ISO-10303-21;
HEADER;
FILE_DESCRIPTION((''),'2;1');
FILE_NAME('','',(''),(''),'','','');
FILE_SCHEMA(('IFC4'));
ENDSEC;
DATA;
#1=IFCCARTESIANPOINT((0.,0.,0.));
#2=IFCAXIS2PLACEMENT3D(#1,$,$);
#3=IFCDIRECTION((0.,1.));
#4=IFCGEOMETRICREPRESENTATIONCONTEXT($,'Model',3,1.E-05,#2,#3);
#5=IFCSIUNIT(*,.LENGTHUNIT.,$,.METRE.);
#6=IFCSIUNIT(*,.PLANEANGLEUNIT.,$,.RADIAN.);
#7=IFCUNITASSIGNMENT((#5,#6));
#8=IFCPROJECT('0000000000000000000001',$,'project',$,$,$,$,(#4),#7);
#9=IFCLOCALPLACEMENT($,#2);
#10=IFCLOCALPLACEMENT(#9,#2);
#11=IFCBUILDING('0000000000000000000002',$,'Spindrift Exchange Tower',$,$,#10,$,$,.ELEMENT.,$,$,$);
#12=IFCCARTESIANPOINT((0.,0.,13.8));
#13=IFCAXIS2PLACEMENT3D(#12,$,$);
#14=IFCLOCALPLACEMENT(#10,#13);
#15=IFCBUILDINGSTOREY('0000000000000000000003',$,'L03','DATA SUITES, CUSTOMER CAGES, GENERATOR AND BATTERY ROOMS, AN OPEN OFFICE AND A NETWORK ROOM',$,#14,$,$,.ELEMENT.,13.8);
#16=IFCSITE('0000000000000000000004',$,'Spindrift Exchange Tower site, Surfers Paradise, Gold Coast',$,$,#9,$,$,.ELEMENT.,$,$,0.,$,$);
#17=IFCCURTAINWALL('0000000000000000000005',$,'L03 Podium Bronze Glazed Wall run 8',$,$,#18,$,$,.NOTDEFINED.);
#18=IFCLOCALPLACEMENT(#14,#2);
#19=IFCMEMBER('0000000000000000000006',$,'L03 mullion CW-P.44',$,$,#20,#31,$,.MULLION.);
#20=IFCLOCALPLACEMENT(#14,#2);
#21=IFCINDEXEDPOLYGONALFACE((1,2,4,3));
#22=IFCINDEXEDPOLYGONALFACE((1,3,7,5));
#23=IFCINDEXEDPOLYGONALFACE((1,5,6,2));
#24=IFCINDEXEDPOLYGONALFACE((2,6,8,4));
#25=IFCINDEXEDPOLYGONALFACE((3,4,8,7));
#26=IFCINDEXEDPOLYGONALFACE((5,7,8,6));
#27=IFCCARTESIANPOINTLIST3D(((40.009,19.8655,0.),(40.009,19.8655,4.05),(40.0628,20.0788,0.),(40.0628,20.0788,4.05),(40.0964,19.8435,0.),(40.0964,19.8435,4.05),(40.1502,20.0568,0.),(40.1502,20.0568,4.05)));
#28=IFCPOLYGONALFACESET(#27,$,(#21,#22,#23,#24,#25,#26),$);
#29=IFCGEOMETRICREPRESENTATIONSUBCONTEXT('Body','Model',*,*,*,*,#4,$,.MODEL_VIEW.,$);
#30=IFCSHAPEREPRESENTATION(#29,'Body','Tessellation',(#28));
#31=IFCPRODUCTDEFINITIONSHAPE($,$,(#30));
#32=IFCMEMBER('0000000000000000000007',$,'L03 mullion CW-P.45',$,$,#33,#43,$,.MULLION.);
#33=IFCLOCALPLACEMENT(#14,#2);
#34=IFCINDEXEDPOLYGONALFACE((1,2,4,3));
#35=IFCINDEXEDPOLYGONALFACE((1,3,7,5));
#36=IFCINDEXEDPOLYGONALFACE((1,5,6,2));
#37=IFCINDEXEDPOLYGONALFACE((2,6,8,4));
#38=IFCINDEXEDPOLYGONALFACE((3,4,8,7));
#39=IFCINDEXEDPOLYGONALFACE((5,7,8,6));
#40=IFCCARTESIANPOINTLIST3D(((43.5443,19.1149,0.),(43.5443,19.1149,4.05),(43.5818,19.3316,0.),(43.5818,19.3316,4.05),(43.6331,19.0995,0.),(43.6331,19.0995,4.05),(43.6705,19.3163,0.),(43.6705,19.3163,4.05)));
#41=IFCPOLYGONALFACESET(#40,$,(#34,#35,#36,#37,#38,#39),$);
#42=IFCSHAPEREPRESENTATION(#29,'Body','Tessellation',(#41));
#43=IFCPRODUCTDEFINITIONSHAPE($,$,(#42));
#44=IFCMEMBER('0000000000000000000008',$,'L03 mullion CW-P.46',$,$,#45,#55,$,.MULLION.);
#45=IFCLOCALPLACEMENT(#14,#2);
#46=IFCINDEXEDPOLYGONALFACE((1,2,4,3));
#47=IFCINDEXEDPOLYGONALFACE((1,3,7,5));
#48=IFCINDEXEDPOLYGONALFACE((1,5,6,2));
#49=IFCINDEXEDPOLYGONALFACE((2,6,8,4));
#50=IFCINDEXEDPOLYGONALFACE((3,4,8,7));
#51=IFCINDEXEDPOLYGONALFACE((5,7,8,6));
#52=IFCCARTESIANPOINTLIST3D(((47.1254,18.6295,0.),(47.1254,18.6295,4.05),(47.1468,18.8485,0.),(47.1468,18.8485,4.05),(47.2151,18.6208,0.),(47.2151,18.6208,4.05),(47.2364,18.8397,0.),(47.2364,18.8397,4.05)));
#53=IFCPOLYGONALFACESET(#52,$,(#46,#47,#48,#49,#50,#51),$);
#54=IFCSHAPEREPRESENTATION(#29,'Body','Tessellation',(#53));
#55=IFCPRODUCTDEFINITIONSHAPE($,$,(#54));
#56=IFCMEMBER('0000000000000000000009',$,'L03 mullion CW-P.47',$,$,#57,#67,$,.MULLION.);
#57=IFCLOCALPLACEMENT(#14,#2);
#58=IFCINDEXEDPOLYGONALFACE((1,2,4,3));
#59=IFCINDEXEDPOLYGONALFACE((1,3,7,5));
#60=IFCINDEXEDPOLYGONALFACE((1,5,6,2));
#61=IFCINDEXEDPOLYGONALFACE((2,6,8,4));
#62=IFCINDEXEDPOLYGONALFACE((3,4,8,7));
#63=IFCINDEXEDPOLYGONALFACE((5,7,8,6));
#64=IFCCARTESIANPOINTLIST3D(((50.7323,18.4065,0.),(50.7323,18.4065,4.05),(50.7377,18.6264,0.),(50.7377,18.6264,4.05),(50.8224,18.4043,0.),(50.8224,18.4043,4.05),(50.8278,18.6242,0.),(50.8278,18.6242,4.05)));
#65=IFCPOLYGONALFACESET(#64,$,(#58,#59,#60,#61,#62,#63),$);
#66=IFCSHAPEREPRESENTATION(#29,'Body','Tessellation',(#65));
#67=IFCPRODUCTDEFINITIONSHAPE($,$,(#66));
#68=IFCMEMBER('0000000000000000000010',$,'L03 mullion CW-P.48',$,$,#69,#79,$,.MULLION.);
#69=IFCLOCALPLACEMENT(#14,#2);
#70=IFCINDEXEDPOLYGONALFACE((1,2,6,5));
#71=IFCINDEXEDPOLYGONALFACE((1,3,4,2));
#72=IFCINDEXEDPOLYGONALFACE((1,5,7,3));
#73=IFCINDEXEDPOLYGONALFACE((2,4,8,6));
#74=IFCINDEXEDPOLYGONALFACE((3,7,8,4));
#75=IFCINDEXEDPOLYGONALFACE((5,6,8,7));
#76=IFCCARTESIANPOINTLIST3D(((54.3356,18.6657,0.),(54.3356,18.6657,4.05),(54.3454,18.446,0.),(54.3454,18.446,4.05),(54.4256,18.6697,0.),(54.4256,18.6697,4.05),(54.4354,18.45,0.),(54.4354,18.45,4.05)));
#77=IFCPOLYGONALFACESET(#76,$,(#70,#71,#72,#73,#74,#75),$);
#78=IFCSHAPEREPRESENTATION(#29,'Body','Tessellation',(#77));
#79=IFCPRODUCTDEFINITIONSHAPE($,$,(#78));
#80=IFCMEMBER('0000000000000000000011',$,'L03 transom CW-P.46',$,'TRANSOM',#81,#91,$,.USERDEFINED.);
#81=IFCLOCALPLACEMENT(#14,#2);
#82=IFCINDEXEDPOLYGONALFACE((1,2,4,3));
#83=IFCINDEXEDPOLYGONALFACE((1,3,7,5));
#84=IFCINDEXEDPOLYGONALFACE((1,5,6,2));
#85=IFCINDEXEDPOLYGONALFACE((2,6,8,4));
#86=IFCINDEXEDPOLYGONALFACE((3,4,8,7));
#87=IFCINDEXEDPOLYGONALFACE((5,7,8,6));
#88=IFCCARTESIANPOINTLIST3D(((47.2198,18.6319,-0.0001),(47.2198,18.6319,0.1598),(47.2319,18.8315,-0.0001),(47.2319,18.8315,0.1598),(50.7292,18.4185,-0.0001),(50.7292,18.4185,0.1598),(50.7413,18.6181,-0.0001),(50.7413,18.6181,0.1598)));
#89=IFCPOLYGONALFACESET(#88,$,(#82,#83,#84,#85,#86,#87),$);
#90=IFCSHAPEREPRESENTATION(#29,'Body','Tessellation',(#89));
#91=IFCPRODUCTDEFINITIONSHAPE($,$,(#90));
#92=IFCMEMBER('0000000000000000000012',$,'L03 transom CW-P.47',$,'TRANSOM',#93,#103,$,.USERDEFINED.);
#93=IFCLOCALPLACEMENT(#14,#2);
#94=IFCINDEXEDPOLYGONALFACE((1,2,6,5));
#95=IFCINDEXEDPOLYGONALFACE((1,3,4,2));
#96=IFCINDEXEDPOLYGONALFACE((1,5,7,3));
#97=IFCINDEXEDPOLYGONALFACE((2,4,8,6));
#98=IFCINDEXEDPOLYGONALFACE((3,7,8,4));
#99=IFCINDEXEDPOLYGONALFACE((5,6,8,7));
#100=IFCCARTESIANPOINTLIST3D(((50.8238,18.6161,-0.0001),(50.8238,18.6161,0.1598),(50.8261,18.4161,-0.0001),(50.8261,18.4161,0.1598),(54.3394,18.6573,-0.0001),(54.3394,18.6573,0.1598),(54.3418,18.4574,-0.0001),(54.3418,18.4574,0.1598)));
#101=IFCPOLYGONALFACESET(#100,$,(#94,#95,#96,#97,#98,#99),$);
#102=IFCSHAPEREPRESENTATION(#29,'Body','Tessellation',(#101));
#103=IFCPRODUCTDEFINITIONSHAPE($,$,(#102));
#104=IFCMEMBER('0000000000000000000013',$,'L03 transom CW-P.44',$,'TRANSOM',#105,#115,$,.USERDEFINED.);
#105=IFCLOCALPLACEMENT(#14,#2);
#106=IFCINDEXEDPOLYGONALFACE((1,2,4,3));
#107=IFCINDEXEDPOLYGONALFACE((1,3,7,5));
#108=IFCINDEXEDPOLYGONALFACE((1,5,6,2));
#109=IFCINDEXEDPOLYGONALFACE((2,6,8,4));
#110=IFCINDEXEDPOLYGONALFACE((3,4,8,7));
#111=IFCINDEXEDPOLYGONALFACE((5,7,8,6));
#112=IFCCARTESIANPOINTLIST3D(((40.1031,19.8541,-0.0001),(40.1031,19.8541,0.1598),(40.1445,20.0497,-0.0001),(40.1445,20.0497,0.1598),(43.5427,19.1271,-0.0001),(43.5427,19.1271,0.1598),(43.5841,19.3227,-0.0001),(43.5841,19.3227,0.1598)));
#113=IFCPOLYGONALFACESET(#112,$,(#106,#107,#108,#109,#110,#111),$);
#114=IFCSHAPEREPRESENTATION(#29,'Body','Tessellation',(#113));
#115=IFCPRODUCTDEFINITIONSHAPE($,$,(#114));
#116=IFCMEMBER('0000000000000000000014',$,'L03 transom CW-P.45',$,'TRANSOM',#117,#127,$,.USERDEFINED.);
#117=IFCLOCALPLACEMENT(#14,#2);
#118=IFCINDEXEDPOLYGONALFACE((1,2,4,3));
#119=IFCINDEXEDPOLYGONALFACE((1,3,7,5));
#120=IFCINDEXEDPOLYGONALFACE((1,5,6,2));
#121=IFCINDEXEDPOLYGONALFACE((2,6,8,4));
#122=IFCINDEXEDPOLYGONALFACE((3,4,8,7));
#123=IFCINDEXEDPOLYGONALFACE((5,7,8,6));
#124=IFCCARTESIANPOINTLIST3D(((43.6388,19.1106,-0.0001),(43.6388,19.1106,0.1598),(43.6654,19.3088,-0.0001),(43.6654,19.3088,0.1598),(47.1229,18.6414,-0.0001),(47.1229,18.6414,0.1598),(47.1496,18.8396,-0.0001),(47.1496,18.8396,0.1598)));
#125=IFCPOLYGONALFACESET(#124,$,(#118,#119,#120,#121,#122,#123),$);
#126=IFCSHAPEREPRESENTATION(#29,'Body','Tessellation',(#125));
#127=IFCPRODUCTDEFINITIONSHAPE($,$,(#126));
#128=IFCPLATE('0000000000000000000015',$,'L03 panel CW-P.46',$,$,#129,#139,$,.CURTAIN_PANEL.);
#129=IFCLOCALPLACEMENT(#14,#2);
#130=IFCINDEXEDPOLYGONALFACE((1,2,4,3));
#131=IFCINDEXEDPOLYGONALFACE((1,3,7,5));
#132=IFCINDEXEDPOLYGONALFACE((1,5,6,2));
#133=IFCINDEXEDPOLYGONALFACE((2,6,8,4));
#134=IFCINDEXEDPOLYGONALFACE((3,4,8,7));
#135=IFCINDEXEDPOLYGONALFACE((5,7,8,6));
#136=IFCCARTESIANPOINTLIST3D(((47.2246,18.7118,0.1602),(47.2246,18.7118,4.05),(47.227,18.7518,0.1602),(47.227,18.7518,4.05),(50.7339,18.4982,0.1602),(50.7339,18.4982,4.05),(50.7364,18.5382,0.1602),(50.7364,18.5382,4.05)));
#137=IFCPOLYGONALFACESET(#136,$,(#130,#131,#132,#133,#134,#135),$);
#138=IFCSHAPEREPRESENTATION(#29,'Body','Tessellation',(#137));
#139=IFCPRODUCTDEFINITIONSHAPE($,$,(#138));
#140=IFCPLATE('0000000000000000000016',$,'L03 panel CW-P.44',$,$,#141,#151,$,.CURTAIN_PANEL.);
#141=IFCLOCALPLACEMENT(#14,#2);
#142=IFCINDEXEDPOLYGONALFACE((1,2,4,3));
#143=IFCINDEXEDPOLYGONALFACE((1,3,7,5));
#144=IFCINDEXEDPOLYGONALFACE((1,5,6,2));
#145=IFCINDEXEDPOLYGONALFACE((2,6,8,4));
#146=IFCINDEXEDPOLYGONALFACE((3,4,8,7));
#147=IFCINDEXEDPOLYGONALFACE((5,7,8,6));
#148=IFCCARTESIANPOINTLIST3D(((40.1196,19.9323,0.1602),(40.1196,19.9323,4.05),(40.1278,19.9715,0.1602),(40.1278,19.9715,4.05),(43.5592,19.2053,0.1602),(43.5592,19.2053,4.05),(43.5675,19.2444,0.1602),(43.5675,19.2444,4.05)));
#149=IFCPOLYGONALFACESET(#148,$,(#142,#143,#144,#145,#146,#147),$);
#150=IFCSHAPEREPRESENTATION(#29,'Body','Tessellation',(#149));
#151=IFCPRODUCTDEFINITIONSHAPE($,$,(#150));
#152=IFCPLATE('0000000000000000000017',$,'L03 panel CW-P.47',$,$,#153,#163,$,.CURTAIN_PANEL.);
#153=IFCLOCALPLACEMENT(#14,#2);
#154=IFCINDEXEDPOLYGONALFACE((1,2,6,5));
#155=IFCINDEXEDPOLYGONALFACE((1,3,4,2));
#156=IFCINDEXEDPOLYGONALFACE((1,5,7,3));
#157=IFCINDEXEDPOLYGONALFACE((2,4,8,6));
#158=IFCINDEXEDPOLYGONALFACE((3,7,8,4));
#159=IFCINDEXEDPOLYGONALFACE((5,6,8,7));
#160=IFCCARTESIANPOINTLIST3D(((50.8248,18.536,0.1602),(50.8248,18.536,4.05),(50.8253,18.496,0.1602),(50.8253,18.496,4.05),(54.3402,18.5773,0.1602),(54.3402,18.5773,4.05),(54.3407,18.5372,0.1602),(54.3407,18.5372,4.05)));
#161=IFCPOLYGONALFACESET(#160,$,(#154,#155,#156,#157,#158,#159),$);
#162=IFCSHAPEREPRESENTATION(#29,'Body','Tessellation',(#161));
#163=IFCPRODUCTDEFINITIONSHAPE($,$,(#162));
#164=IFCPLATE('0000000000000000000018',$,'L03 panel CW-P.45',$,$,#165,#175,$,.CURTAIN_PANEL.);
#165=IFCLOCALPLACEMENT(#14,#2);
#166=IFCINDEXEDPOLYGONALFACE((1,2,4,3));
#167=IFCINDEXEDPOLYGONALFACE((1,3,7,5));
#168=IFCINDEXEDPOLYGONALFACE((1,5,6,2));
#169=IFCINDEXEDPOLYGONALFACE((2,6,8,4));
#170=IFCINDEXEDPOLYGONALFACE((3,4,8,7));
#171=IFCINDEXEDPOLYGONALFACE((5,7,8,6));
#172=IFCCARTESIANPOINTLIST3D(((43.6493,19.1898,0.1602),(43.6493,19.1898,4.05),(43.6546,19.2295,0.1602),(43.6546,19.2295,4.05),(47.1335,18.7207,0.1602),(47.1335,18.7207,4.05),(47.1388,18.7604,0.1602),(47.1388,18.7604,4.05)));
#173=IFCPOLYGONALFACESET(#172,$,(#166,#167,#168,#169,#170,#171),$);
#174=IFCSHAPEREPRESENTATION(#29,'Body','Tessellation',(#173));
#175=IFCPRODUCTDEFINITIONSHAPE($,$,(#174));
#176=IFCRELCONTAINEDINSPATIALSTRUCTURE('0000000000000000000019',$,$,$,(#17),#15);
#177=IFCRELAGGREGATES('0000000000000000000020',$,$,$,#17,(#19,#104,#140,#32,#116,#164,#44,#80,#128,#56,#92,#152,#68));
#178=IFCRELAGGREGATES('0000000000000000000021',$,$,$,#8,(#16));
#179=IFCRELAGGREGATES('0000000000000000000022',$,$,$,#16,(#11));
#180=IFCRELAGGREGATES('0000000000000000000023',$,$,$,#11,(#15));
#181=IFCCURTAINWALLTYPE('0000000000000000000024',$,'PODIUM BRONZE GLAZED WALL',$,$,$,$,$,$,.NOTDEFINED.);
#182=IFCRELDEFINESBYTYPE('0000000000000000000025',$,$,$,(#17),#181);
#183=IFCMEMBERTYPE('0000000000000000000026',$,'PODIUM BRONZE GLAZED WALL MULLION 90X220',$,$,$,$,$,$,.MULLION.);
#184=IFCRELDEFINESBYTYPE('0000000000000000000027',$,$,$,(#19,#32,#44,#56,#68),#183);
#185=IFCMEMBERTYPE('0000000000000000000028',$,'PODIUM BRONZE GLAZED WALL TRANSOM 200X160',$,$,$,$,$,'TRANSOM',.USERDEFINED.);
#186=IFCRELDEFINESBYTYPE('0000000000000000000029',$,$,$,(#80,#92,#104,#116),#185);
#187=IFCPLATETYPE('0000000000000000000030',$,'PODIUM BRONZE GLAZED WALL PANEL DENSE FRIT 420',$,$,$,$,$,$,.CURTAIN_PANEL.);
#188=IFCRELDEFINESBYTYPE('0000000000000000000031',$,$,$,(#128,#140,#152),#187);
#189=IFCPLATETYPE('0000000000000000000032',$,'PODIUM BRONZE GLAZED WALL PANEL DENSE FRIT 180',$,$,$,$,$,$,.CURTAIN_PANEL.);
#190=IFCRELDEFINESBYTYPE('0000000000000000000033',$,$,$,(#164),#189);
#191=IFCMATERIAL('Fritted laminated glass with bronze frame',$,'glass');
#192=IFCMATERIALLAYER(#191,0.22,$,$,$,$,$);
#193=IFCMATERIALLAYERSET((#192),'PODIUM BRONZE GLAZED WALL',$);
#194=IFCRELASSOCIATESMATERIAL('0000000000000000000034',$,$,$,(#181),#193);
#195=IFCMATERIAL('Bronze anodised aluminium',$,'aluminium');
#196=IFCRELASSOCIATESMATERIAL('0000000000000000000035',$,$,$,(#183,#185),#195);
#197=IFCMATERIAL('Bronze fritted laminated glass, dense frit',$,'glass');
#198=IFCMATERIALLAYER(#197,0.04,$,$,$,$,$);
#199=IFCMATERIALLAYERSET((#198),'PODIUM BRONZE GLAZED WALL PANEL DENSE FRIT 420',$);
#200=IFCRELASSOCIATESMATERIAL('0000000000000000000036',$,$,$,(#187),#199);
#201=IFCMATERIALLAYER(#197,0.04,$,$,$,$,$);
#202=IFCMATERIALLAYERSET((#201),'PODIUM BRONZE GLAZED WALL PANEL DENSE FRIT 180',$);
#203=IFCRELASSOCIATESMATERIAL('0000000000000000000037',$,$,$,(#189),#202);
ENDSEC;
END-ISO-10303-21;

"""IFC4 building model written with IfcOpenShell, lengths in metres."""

from ifc_helpers import new_model, si_unit, direction, frame, origin, origin_2d, place, context, subcontext, project, spatial, rectangle, extrude, source, transform, mapped, material, layer, layer_set, material_profile, profile_set, type_object, element, aggregate, save


model = new_model("IFC4")

# Units and contexts
model_context = context("Model", 3, precision=1e-05, world=origin(), true_north=direction((0.0, 1.0)))
body_context = subcontext(model_context, "Body", "Model", "MODEL_VIEW")
ifc_project = project(units=[si_unit("LENGTHUNIT", "METRE"), si_unit("PLANEANGLEUNIT", "RADIAN")], contexts=[model_context])

# Site, building, storey
site_placement = place(None, origin())
site = spatial("IfcSite", under=ifc_project, at=site_placement, Name="Spindrift Exchange Tower site, Surfers Paradise, Gold Coast", CompositionType="ELEMENT", RefElevation=0.0)
building_placement = place(site_placement, origin())
building = spatial("IfcBuilding", under=site, at=building_placement, Name="Spindrift Exchange Tower", CompositionType="ELEMENT")
storey_placement = place(building_placement, frame((0.0, 0.0, 13.8)))
storey = spatial("IfcBuildingStorey", under=building, at=storey_placement, Name="L03", Description="DATA SUITES, CUSTOMER CAGES, GENERATOR AND BATTERY ROOMS, AN OPEN OFFICE AND A NETWORK ROOM", CompositionType="ELEMENT", Elevation=13.8)

# Curtain wall, members, plates
ifc_material_1 = material(Name="Fritted laminated glass with bronze frame", Category="glass")
ifc_layer_1 = layer(ifc_material_1, 0.22)
ifc_layer_set_1 = layer_set([ifc_layer_1], Name="PODIUM BRONZE GLAZED WALL")
curtain_wall_type = type_object("IfcCurtainWallType", Name="PODIUM BRONZE GLAZED WALL", PredefinedType="NOTDEFINED", material=ifc_layer_set_1)
curtain_wall_placement = place(storey_placement, origin())
curtain_wall = element("IfcCurtainWall", 1, at=curtain_wall_placement, inside=storey, type_object=curtain_wall_type, Name="L03 Podium Bronze Glazed Wall run 8", PredefinedType="NOTDEFINED")
ifc_material_2 = material(Name="Bronze anodised aluminium", Category="aluminium")
ifc_material_profile_1 = material_profile(ifc_material_2, rectangle(XDim=0.0901, YDim=0.22, at=origin_2d()), Name="PODIUM BRONZE GLAZED WALL MULLION 90X220")
ifc_profile_set_1 = profile_set([ifc_material_profile_1], Name="Bronze anodised aluminium")
member_type_1 = type_object("IfcMemberType", Name="PODIUM BRONZE GLAZED WALL MULLION 90X220", PredefinedType="MULLION", material=ifc_profile_set_1)
shared_shape_1 = source(origin(), body_context, "Body", "SweptSolid", [
    extrude(rectangle(XDim=0.0901, YDim=0.22, at=origin_2d()), origin(), (0.0, 0.0, 1.0), 4.05),
])
member_1_placement = place(storey_placement, frame((40.0796, 19.9612, 0.0), z_axis=(0.0, 0.0, 1.0), x_axis=(0.969661, -0.244452, 0.0)))
member_1 = element("IfcMember", 2, at=member_1_placement, type_object=member_type_1, Name="L03 mullion CW-P.44", PredefinedType="MULLION", context=body_context, shape_type="MappedRepresentation", body=[
    mapped(shared_shape_1, transform((0.0, 0.0, 0.0), scale=1.0)),
])
member_2_placement = place(storey_placement, frame((43.6074, 19.2156, 0.0), z_axis=(0.0, 0.0, 1.0), x_axis=(0.985403, -0.170238, 0.0)))
member_2 = element("IfcMember", 3, at=member_2_placement, type_object=member_type_1, Name="L03 mullion CW-P.45", PredefinedType="MULLION", context=body_context, shape_type="MappedRepresentation", body=[
    mapped(shared_shape_1, transform((0.0, 0.0, 0.0), scale=1.0)),
])
member_3_placement = place(storey_placement, frame((47.1809, 18.7346, 0.0), z_axis=(0.0, 0.0, 1.0), x_axis=(0.99527, -0.097146, 0.0)))
member_3 = element("IfcMember", 4, at=member_3_placement, type_object=member_type_1, Name="L03 mullion CW-P.46", PredefinedType="MULLION", context=body_context, shape_type="MappedRepresentation", body=[
    mapped(shared_shape_1, transform((0.0, 0.0, 0.0), scale=1.0)),
])
member_4_placement = place(storey_placement, frame((50.78, 18.5154, 0.0), z_axis=(0.0, 0.0, 1.0), x_axis=(0.999699, -0.024519, 0.0)))
member_4 = element("IfcMember", 5, at=member_4_placement, type_object=member_type_1, Name="L03 mullion CW-P.47", PredefinedType="MULLION", context=body_context, shape_type="MappedRepresentation", body=[
    mapped(shared_shape_1, transform((0.0, 0.0, 0.0), scale=1.0)),
])
member_5_placement = place(storey_placement, frame((54.3855, 18.5579, 0.0), z_axis=(0.0, 0.0, 1.0), x_axis=(0.999009, 0.044519, 0.0)))
member_5 = element("IfcMember", 6, at=member_5_placement, type_object=member_type_1, Name="L03 mullion CW-P.48", PredefinedType="MULLION", context=body_context, shape_type="MappedRepresentation", body=[
    mapped(shared_shape_1, transform((0.0, 0.0, 0.0), scale=1.0)),
])
ifc_material_profile_2 = material_profile(ifc_material_2, rectangle(XDim=0.2, YDim=0.1599, at=origin_2d()), Name="PODIUM BRONZE GLAZED WALL TRANSOM 200X160")
ifc_profile_set_2 = profile_set([ifc_material_profile_2], Name="Bronze anodised aluminium")
member_type_2 = type_object("IfcMemberType", Name="PODIUM BRONZE GLAZED WALL TRANSOM 200X160", ElementType="TRANSOM", PredefinedType="USERDEFINED", material=ifc_profile_set_2)
shared_shape_2 = source(origin(), body_context, "Body", "SweptSolid", [
    extrude(rectangle(XDim=0.2, YDim=0.1599, at=origin_2d()), origin(), (0.0, 0.0, 1.0), 3.5159),
])
member_6_placement = place(storey_placement, frame((47.2258, 18.7317, 0.0798), z_axis=(0.998157, -0.060692, 0.0), x_axis=(0.060692, 0.998157, 0.0)))
member_6 = element("IfcMember", 7, at=member_6_placement, type_object=member_type_2, Name="L03 transom CW-P.46", ObjectType="TRANSOM", PredefinedType="USERDEFINED", context=body_context, shape_type="MappedRepresentation", body=[
    mapped(shared_shape_2, transform((0.0, 0.0, 0.0), scale=1.0)),
])
member_7_placement = place(storey_placement, frame((50.825, 18.5161, 0.0798), z_axis=(0.999931, 0.011735, 0.0), x_axis=(-0.011735, 0.999931, 0.0)))
member_7 = element("IfcMember", 8, at=member_7_placement, type_object=member_type_2, Name="L03 transom CW-P.47", ObjectType="TRANSOM", PredefinedType="USERDEFINED", context=body_context, shape_type="MappedRepresentation", body=[
    mapped(shared_shape_2, transform((0.0, 0.0, 0.0), scale=1.0)),
])
shared_shape_3 = source(origin(), body_context, "Body", "SweptSolid", [
    extrude(rectangle(XDim=0.2, YDim=0.1599, at=origin_2d()), origin(), (0.0, 0.0, 1.0), 3.5156),
])
member_8_placement = place(storey_placement, frame((40.1238, 19.9519, 0.0798), z_axis=(0.978383, -0.206801, 0.0), x_axis=(0.206801, 0.978383, 0.0)))
member_8 = element("IfcMember", 9, at=member_8_placement, type_object=member_type_2, Name="L03 transom CW-P.44", ObjectType="TRANSOM", PredefinedType="USERDEFINED", context=body_context, shape_type="MappedRepresentation", body=[
    mapped(shared_shape_3, transform((0.0, 0.0, 0.0), scale=1.0)),
])
member_9_placement = place(storey_placement, frame((43.6521, 19.2097, 0.0798), z_axis=(0.991052, -0.133474, 0.0), x_axis=(0.133474, 0.991052, 0.0)))
member_9 = element("IfcMember", 10, at=member_9_placement, type_object=member_type_2, Name="L03 transom CW-P.45", ObjectType="TRANSOM", PredefinedType="USERDEFINED", context=body_context, shape_type="MappedRepresentation", body=[
    mapped(shared_shape_3, transform((0.0, 0.0, 0.0), scale=1.0)),
])
ifc_material_3 = material(Name="Bronze fritted laminated glass, dense frit", Category="glass")
ifc_layer_2 = layer(ifc_material_3, 0.04)
ifc_layer_set_2 = layer_set([ifc_layer_2], Name="PODIUM BRONZE GLAZED WALL PANEL DENSE FRIT 420")
plate_type_1 = type_object("IfcPlateType", Name="PODIUM BRONZE GLAZED WALL PANEL DENSE FRIT 420", PredefinedType="CURTAIN_PANEL", material=ifc_layer_set_2)
shared_shape_4 = source(origin(), body_context, "Body", "SweptSolid", [
    extrude(rectangle(XDim=3.5159, YDim=0.04, at=origin_2d()), origin(), (0.0, 0.0, 1.0), 3.8899),
])
plate_1_placement = place(storey_placement, frame((48.9805, 18.625, 0.1602), z_axis=(0.0, 0.0, 1.0), x_axis=(0.998154, -0.060737, 0.0)))
plate_1 = element("IfcPlate", 11, at=plate_1_placement, type_object=plate_type_1, Name="L03 panel CW-P.46", PredefinedType="CURTAIN_PANEL", context=body_context, shape_type="MappedRepresentation", body=[
    mapped(shared_shape_4, transform((0.0, 0.0, 0.0), scale=1.0)),
])
shared_shape_5 = source(origin(), body_context, "Body", "SweptSolid", [
    extrude(rectangle(XDim=3.5156, YDim=0.04, at=origin_2d()), origin(), (0.0, 0.0, 1.0), 3.8899),
])
plate_2_placement = place(storey_placement, frame((41.8435, 19.5884, 0.1602), z_axis=(0.0, 0.0, 1.0), x_axis=(0.97838, -0.206814, 0.0)))
plate_2 = element("IfcPlate", 12, at=plate_2_placement, type_object=plate_type_1, Name="L03 panel CW-P.44", PredefinedType="CURTAIN_PANEL", context=body_context, shape_type="MappedRepresentation", body=[
    mapped(shared_shape_5, transform((0.0, 0.0, 0.0), scale=1.0)),
])
plate_3_placement = place(storey_placement, frame((52.5828, 18.5366, 0.1602), z_axis=(0.0, 0.0, 1.0), x_axis=(0.999931, 0.011732, 0.0)))
plate_3 = element("IfcPlate", 13, at=plate_3_placement, type_object=plate_type_1, Name="L03 panel CW-P.47", PredefinedType="CURTAIN_PANEL", context=body_context, shape_type="MappedRepresentation", body=[
    mapped(shared_shape_5, transform((0.0, 0.0, 0.0), scale=1.0)),
])
ifc_layer_3 = layer(ifc_material_3, 0.04)
ifc_layer_set_3 = layer_set([ifc_layer_3], Name="PODIUM BRONZE GLAZED WALL PANEL DENSE FRIT 180")
plate_type_2 = type_object("IfcPlateType", Name="PODIUM BRONZE GLAZED WALL PANEL DENSE FRIT 180", PredefinedType="CURTAIN_PANEL", material=ifc_layer_set_3)
shared_shape_6 = source(origin(), body_context, "Body", "SweptSolid", [
    extrude(rectangle(XDim=3.5156, YDim=0.04, at=origin_2d()), origin(), (0.0, 0.0, 1.0), 3.8899),
])
plate_4_placement = place(storey_placement, frame((45.394, 18.9751, 0.1602), z_axis=(0.0, 0.0, 1.0), x_axis=(0.991059, -0.133426, 0.0)))
plate_4 = element("IfcPlate", 14, at=plate_4_placement, type_object=plate_type_2, Name="L03 panel CW-P.45", PredefinedType="CURTAIN_PANEL", context=body_context, shape_type="MappedRepresentation", body=[
    mapped(shared_shape_6, transform((0.0, 0.0, 0.0), scale=1.0)),
])
aggregate(curtain_wall, [member_1, member_8, plate_2, member_2, member_9, plate_4, member_3, member_6, plate_1, member_4, member_7, plate_3, member_5])

save(model, "model.ifc")
